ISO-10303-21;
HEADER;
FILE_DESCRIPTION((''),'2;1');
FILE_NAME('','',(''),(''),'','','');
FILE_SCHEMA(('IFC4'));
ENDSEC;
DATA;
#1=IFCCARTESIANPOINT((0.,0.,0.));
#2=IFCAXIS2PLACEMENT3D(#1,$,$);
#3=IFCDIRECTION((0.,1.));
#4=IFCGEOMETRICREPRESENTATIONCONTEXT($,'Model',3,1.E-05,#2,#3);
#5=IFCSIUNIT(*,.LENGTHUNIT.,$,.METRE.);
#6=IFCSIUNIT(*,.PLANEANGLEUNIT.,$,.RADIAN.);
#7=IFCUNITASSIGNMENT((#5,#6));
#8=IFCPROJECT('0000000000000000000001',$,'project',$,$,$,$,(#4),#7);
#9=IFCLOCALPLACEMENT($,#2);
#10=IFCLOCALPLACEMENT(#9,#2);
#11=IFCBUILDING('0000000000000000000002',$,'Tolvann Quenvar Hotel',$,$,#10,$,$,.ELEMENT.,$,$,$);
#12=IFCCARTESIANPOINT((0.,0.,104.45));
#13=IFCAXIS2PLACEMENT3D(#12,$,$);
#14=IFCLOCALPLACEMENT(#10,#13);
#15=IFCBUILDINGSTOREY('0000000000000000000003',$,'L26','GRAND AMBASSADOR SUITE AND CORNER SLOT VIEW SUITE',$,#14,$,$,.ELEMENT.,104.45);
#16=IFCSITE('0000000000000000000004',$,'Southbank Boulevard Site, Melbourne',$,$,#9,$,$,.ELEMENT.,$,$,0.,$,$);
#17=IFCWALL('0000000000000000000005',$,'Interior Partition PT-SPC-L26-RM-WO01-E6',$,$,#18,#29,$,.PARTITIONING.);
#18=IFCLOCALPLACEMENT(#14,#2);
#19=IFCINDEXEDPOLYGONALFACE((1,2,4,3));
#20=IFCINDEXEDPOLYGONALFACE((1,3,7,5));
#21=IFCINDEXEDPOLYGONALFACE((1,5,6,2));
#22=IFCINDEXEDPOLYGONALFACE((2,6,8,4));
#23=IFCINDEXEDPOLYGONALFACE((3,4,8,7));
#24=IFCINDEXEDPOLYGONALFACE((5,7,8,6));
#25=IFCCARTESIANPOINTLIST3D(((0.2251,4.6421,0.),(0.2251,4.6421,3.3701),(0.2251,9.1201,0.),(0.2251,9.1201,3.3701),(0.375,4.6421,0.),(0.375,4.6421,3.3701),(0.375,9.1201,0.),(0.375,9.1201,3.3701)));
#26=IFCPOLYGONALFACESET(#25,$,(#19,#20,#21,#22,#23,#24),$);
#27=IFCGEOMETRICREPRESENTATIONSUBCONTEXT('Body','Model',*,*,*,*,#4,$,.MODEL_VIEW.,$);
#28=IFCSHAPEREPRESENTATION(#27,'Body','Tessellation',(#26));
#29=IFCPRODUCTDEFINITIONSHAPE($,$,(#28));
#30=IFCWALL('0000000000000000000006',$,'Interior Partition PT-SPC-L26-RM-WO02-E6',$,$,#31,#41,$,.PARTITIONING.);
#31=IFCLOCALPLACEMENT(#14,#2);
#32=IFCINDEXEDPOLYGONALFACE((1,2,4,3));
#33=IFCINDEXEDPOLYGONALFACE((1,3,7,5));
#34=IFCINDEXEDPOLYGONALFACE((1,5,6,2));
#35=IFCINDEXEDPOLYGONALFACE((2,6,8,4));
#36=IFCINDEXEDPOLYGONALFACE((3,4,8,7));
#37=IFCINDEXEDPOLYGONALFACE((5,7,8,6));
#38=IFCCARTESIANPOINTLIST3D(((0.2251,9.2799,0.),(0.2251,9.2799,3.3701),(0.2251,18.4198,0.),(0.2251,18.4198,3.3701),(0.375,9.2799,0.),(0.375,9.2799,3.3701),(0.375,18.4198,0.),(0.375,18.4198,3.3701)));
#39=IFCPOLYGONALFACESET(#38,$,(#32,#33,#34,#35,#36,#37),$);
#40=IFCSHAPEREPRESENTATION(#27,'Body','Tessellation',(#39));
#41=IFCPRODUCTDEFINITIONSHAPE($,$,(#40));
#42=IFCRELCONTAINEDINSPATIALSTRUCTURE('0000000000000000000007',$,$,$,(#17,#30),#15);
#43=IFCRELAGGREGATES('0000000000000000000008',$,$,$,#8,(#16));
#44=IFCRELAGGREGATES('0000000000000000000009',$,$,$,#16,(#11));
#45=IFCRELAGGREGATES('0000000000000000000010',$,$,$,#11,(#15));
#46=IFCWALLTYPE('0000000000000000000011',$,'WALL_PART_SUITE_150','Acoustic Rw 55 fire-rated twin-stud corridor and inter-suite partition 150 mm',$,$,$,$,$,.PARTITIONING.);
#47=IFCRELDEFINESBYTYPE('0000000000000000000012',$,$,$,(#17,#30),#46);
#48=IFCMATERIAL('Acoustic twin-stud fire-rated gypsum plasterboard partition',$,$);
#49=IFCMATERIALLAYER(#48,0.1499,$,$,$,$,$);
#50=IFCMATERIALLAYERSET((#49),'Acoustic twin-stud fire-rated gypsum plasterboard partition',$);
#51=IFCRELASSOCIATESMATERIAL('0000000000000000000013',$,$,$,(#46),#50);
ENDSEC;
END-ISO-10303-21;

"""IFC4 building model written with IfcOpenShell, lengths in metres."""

from ifc_helpers import new_model, si_unit, direction, frame, frame_2d, origin, place, context, subcontext, project, spatial, rectangle, extrude, material, layer, layer_set, type_object, element, save


model = new_model("IFC4")

# Units and contexts
model_context = context("Model", 3, precision=1e-05, world=origin(), true_north=direction((0.0, 1.0)))
body_context = subcontext(model_context, "Body", "Model", "MODEL_VIEW")
ifc_project = project(units=[si_unit("LENGTHUNIT", "METRE"), si_unit("PLANEANGLEUNIT", "RADIAN")], contexts=[model_context])

# Site, building, storey
site_placement = place(None, origin())
site = spatial("IfcSite", under=ifc_project, at=site_placement, Name="Southbank Boulevard Site, Melbourne", CompositionType="ELEMENT", RefElevation=0.0)
building_placement = place(site_placement, origin())
building = spatial("IfcBuilding", under=site, at=building_placement, Name="Tolvann Quenvar Hotel", CompositionType="ELEMENT")
storey_placement = place(building_placement, frame((0.0, 0.0, 104.45)))
storey = spatial("IfcBuildingStorey", under=building, at=storey_placement, Name="L26", Description="GRAND AMBASSADOR SUITE AND CORNER SLOT VIEW SUITE", CompositionType="ELEMENT", Elevation=104.45)

# Shared definitions
ifc_material_1 = material(Name="Acoustic twin-stud fire-rated gypsum plasterboard partition")
ifc_layer_1 = layer(ifc_material_1, 0.1499)
ifc_layer_set_1 = layer_set([ifc_layer_1], Name="Acoustic twin-stud fire-rated gypsum plasterboard partition")
wall_type_1 = type_object("IfcWallType", Name="WALL_PART_SUITE_150", Description="Acoustic Rw 55 fire-rated twin-stud corridor and inter-suite partition 150 mm", PredefinedType="PARTITIONING", material=ifc_layer_set_1)

# Walls
wall_1_placement = place(storey_placement, frame((0.3, 4.6421, 0.0), z_axis=(0.0, 0.0, 1.0), x_axis=(0.0, 1.0, 0.0)))
element("IfcWall", 1, at=wall_1_placement, inside=storey, type_object=wall_type_1, Name="Interior Partition PT-SPC-L26-RM-WO01-E6", PredefinedType="PARTITIONING", context=body_context, shape_type="SweptSolid", body=[
    extrude(rectangle(XDim=4.478, YDim=0.1499, at=frame_2d((2.239, 0.0))), origin(), (0.0, 0.0, 1.0), 3.3701),
])
wall_2_placement = place(storey_placement, frame((0.3, 9.28, 0.0), z_axis=(0.0, 0.0, 1.0), x_axis=(0.0, 1.0, 0.0)))
element("IfcWall", 2, at=wall_2_placement, inside=storey, type_object=wall_type_1, Name="Interior Partition PT-SPC-L26-RM-WO02-E6", PredefinedType="PARTITIONING", context=body_context, shape_type="SweptSolid", body=[
    extrude(rectangle(XDim=9.1399, YDim=0.1499, at=frame_2d((4.5698, 0.0))), origin(), (0.0, 0.0, 1.0), 3.3701),
])

save(model, "model.ifc")
